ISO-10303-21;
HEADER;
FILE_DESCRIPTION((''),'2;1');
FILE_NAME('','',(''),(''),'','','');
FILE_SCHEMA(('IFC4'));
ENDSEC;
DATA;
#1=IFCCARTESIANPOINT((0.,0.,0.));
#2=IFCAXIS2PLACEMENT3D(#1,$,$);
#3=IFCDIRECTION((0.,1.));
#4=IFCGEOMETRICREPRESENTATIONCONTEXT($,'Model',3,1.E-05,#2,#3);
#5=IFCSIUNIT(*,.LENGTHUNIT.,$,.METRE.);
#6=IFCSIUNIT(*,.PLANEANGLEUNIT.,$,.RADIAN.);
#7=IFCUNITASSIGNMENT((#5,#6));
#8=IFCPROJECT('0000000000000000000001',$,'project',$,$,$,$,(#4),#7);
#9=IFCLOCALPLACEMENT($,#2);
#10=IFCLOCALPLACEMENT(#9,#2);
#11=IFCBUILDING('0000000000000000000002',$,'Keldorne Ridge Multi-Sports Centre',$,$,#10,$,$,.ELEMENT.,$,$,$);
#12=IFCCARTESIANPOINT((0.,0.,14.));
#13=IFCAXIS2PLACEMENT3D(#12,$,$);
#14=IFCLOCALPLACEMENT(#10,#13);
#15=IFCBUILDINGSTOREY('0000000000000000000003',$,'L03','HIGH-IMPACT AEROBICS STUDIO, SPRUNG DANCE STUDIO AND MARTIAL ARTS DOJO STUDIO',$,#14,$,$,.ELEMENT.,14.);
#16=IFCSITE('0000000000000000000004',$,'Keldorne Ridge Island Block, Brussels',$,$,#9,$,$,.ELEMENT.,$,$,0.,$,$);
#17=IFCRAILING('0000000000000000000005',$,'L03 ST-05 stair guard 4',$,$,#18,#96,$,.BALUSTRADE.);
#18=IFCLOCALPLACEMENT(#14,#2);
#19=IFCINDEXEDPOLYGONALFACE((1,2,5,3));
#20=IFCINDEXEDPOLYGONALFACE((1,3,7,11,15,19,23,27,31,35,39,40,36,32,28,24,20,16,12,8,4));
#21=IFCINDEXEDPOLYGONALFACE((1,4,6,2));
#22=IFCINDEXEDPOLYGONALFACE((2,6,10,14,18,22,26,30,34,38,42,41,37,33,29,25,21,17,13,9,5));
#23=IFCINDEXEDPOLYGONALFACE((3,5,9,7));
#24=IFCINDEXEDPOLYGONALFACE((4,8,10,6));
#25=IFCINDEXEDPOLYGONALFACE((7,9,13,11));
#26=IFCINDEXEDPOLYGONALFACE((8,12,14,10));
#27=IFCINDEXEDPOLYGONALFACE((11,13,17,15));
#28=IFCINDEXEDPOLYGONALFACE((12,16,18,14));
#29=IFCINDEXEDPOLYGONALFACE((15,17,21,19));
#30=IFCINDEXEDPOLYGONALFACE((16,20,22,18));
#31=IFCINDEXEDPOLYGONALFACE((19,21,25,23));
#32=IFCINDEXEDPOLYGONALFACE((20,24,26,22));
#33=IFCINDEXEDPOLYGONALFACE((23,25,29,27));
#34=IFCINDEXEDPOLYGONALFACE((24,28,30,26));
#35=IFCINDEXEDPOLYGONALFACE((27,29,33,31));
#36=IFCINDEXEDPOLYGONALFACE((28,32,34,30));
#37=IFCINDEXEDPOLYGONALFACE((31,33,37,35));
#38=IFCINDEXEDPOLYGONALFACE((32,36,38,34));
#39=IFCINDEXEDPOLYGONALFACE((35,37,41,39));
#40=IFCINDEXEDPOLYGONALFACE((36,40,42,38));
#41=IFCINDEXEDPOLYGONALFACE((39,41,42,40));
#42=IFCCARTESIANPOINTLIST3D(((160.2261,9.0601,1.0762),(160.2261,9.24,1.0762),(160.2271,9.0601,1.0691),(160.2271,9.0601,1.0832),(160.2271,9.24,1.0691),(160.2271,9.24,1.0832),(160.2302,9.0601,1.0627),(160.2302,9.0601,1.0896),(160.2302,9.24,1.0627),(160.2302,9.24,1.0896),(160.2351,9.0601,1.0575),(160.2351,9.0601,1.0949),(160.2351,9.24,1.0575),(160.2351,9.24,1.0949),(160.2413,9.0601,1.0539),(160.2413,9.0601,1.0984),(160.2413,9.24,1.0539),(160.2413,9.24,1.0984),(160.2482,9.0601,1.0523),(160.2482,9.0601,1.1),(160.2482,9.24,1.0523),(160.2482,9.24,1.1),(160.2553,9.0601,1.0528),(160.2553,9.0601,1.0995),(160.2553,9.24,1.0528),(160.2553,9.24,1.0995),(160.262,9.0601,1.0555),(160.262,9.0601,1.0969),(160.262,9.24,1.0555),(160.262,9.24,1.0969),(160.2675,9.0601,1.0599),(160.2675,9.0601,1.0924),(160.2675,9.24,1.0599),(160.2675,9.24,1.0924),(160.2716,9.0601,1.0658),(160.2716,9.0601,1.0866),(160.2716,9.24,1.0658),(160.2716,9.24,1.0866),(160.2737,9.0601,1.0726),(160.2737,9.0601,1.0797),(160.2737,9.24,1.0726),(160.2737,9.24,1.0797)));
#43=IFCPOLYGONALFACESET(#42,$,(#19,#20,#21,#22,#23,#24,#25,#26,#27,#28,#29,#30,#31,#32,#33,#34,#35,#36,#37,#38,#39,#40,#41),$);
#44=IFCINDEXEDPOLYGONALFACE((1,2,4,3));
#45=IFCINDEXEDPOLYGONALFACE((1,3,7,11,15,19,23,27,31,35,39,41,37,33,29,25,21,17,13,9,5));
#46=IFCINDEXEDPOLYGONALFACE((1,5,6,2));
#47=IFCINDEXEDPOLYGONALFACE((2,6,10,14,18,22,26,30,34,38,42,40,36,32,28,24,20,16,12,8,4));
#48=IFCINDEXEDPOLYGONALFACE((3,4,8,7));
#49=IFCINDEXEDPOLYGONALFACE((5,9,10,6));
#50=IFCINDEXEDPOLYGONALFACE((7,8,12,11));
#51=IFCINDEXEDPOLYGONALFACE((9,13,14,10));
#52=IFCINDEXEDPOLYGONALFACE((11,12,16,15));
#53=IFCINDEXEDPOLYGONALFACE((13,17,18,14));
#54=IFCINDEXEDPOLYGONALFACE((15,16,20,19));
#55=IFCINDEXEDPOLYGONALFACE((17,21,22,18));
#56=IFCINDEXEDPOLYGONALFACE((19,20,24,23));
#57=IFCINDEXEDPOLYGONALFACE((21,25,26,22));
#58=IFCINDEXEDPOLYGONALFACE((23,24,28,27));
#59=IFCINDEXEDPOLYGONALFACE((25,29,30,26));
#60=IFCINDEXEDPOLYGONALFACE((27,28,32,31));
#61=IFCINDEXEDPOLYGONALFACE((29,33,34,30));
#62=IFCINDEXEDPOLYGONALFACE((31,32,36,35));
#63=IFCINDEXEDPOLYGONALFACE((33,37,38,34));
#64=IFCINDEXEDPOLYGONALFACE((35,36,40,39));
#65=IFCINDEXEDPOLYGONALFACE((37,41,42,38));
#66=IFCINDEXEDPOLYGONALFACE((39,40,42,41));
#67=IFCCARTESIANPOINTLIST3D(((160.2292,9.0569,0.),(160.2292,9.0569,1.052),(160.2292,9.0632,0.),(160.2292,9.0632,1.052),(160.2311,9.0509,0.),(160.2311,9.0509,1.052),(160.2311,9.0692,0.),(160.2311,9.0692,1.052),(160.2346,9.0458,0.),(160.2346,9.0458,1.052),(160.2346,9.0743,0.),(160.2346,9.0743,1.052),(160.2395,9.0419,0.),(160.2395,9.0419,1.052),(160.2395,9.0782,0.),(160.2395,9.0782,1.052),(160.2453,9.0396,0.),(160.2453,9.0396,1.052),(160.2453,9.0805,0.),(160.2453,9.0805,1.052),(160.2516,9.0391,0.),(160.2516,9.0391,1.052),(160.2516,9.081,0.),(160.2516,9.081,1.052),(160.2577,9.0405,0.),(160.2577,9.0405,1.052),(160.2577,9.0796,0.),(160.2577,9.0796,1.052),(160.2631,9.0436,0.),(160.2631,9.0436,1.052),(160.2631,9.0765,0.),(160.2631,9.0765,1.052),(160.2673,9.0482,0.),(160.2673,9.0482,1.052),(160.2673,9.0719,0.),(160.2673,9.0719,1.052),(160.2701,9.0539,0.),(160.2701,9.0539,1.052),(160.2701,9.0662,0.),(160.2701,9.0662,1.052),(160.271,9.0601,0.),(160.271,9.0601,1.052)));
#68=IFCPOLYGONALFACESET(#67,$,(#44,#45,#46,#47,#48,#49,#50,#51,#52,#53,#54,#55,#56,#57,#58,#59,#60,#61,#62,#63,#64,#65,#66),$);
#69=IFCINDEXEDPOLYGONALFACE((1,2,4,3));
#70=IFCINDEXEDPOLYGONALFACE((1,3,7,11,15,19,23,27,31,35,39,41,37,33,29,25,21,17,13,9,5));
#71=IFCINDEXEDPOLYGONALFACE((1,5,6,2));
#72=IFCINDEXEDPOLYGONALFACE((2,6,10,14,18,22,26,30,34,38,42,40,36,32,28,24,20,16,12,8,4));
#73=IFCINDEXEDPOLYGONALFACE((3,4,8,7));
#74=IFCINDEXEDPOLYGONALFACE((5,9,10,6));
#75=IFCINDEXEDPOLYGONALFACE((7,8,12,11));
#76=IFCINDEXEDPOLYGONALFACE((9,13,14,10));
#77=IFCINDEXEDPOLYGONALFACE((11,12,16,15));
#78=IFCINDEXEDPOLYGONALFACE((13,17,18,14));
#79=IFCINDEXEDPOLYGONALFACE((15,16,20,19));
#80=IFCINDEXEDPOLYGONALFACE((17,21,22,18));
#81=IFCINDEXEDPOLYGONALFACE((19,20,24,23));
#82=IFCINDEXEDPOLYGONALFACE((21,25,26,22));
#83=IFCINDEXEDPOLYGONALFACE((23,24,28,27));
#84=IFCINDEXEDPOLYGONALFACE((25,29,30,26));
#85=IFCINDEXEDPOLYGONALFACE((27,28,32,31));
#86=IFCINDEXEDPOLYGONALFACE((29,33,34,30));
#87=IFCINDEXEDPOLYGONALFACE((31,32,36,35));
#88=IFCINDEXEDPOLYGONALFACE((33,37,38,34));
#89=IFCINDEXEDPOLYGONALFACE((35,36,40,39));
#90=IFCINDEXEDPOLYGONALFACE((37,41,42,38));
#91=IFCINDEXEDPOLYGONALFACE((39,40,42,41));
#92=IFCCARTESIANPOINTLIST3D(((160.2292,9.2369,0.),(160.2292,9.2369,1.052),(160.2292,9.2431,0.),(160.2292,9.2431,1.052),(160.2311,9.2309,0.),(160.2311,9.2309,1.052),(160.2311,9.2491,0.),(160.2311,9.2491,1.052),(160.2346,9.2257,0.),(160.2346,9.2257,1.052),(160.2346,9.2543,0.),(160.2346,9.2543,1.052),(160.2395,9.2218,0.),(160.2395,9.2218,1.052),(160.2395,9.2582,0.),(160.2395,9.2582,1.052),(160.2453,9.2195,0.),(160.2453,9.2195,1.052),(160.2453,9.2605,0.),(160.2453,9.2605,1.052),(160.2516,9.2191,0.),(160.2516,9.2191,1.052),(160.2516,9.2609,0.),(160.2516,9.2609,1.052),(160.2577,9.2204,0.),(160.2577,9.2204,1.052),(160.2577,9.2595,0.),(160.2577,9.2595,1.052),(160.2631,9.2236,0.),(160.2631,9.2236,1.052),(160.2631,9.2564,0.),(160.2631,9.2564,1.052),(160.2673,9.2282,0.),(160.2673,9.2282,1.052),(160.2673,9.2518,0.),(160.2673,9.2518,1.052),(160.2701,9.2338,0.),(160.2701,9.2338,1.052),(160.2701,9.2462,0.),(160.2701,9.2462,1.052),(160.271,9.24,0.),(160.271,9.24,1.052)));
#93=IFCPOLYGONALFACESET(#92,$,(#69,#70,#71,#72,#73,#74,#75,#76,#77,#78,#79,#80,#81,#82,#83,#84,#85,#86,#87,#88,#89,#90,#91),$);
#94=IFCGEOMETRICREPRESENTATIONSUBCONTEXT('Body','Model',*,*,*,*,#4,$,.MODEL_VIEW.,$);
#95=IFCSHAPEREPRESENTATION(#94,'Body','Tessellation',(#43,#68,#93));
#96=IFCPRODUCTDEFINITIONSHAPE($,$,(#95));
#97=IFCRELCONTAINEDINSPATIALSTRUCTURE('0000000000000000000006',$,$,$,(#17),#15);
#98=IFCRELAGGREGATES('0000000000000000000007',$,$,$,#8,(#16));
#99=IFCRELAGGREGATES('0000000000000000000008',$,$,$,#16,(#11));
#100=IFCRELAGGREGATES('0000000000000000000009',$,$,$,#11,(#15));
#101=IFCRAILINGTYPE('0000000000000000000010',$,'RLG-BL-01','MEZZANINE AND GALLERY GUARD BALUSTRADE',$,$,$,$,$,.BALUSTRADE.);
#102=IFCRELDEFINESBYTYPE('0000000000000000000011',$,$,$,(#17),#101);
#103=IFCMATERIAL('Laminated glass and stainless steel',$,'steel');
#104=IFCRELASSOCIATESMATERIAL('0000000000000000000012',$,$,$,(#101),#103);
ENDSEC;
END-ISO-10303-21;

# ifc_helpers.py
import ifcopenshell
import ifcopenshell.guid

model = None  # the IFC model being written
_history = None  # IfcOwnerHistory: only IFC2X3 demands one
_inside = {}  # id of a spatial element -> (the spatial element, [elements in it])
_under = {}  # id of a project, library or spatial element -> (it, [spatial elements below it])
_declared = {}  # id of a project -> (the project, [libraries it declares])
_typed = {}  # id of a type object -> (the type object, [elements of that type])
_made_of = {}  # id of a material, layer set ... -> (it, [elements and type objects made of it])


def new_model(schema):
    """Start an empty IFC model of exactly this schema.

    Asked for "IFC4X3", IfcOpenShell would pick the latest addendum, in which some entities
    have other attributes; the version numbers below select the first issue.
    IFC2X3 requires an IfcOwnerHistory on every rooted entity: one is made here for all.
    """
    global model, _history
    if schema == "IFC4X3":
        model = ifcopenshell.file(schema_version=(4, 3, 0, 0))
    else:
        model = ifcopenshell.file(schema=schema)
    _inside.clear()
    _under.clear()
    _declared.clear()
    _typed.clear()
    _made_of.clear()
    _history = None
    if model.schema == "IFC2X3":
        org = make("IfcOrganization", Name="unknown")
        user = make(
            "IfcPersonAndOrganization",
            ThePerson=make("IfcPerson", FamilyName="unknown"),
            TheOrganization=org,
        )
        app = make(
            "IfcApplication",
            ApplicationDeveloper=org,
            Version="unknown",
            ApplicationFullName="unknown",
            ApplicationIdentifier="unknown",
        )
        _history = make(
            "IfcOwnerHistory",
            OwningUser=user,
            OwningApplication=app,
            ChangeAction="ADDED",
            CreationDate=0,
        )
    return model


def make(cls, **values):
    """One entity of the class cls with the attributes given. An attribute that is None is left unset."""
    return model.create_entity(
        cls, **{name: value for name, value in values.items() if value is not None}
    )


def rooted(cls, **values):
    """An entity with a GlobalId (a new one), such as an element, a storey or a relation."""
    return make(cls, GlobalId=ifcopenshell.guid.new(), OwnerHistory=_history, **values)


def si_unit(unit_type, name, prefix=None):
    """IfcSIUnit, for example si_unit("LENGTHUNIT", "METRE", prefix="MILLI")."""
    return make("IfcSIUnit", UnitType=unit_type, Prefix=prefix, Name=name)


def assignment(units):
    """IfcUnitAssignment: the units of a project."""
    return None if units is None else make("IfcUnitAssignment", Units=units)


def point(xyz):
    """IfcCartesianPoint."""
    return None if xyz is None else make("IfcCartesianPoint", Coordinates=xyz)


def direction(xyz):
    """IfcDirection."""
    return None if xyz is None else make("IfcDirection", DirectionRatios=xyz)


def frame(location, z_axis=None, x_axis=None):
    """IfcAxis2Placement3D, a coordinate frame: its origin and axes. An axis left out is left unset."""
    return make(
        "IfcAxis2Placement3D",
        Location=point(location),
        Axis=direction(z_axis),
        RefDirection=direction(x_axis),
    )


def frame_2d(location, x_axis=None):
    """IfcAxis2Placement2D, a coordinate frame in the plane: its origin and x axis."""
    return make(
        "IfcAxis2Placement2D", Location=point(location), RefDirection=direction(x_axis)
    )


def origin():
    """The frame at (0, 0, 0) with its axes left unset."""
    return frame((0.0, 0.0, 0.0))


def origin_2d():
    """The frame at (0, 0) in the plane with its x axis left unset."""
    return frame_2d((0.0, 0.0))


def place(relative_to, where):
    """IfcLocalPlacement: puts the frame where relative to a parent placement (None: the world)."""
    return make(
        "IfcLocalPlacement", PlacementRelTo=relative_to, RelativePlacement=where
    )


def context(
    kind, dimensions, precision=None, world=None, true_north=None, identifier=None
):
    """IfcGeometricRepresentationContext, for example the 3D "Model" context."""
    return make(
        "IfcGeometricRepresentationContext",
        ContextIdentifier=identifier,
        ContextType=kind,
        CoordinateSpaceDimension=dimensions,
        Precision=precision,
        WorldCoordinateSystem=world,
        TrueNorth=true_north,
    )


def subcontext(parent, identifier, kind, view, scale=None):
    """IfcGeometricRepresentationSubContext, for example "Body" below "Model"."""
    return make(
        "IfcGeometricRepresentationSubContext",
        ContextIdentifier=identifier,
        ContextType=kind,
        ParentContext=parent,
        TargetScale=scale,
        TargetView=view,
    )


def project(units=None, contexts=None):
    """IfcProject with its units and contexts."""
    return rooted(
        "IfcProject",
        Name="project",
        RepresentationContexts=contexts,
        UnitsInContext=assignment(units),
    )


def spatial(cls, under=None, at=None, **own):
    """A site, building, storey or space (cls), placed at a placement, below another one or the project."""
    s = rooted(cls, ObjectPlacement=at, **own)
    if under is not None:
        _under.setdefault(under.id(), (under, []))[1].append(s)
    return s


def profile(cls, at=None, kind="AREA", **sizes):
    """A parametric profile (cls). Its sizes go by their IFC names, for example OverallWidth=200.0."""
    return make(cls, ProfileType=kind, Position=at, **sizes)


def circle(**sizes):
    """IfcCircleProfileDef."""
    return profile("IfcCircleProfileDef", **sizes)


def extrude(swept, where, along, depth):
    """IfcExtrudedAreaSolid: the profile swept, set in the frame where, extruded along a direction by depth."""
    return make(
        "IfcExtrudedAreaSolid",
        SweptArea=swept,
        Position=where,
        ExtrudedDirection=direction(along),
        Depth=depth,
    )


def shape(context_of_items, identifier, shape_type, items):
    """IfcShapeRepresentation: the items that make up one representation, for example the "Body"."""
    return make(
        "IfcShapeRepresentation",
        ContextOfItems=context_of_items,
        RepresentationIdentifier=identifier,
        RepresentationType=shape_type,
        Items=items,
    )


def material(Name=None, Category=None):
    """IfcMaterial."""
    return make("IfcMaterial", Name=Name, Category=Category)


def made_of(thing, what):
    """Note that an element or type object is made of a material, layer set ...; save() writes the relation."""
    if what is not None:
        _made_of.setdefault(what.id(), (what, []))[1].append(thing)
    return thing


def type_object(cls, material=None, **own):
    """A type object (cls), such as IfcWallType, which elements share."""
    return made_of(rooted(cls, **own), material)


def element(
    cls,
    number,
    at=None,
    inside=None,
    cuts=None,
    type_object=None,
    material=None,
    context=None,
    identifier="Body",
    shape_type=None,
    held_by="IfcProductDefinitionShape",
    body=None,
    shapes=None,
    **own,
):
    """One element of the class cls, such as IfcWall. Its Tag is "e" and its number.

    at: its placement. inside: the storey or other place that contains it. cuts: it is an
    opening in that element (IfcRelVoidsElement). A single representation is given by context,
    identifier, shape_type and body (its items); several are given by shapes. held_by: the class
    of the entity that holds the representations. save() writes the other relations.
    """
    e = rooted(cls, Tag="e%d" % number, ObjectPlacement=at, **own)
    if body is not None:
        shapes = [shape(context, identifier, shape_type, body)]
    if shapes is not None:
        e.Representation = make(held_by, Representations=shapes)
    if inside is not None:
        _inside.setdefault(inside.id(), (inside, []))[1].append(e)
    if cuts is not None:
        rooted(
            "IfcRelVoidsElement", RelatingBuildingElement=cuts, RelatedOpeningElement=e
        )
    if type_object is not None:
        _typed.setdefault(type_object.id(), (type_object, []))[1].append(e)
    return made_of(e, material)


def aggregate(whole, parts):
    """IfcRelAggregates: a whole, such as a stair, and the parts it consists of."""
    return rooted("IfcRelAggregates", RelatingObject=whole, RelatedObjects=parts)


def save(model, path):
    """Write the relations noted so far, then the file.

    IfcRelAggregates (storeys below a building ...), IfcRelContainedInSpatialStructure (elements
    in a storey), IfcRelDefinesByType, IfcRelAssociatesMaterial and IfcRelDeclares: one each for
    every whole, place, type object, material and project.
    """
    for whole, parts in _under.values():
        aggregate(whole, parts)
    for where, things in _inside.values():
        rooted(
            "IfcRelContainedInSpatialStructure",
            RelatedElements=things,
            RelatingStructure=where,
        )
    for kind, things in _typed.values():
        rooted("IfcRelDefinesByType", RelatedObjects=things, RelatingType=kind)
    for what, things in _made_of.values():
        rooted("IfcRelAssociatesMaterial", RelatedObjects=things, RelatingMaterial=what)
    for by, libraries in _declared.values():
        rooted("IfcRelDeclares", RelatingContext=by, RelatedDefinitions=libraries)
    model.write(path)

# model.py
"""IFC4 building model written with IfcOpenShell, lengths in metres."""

from ifc_helpers import new_model, si_unit, direction, frame, origin, origin_2d, place, context, subcontext, project, spatial, circle, extrude, material, type_object, element, save


model = new_model("IFC4")

# Units and contexts
model_context = context("Model", 3, precision=1e-05, world=origin(), true_north=direction((0.0, 1.0)))
body_context = subcontext(model_context, "Body", "Model", "MODEL_VIEW")
ifc_project = project(units=[si_unit("LENGTHUNIT", "METRE"), si_unit("PLANEANGLEUNIT", "RADIAN")], contexts=[model_context])

# Site, building, storey
site_placement = place(None, origin())
site = spatial("IfcSite", under=ifc_project, at=site_placement, Name="Keldorne Ridge Island Block, Brussels", CompositionType="ELEMENT", RefElevation=0.0)
building_placement = place(site_placement, origin())
building = spatial("IfcBuilding", under=site, at=building_placement, Name="Keldorne Ridge Multi-Sports Centre", CompositionType="ELEMENT")
storey_placement = place(building_placement, frame((0.0, 0.0, 14.0)))
storey = spatial("IfcBuildingStorey", under=building, at=storey_placement, Name="L03", Description="HIGH-IMPACT AEROBICS STUDIO, SPRUNG DANCE STUDIO AND MARTIAL ARTS DOJO STUDIO", CompositionType="ELEMENT", Elevation=14.0)

# Railing
ifc_material_1 = material(Name="Laminated glass and stainless steel", Category="steel")
railing_type_1 = type_object("IfcRailingType", Name="RLG-BL-01", Description="MEZZANINE AND GALLERY GUARD BALUSTRADE", PredefinedType="BALUSTRADE", material=ifc_material_1)
railing_1_placement = place(storey_placement, frame((160.25, 9.0601, 0.0)))
element("IfcRailing", 1, at=railing_1_placement, inside=storey, type_object=railing_type_1, Name="L03 ST-05 stair guard 4", PredefinedType="BALUSTRADE", context=body_context, shape_type="SweptSolid", body=[
    extrude(circle(Radius=0.0239, at=origin_2d()), frame((0.0, 0.0, 1.0762), z_axis=(0.0, 1.0, 0.0), x_axis=(-1.0, 0.0, 0.0)), (0.0, 0.0, 1.0), 0.1799),
    extrude(circle(Radius=0.021, at=origin_2d()), origin(), (0.0, 0.0, 1.0), 1.052),
    extrude(circle(Radius=0.021, at=origin_2d()), frame((0.0, 0.1799, 0.0)), (0.0, 0.0, 1.0), 1.052),
])

save(model, "model.ifc")
